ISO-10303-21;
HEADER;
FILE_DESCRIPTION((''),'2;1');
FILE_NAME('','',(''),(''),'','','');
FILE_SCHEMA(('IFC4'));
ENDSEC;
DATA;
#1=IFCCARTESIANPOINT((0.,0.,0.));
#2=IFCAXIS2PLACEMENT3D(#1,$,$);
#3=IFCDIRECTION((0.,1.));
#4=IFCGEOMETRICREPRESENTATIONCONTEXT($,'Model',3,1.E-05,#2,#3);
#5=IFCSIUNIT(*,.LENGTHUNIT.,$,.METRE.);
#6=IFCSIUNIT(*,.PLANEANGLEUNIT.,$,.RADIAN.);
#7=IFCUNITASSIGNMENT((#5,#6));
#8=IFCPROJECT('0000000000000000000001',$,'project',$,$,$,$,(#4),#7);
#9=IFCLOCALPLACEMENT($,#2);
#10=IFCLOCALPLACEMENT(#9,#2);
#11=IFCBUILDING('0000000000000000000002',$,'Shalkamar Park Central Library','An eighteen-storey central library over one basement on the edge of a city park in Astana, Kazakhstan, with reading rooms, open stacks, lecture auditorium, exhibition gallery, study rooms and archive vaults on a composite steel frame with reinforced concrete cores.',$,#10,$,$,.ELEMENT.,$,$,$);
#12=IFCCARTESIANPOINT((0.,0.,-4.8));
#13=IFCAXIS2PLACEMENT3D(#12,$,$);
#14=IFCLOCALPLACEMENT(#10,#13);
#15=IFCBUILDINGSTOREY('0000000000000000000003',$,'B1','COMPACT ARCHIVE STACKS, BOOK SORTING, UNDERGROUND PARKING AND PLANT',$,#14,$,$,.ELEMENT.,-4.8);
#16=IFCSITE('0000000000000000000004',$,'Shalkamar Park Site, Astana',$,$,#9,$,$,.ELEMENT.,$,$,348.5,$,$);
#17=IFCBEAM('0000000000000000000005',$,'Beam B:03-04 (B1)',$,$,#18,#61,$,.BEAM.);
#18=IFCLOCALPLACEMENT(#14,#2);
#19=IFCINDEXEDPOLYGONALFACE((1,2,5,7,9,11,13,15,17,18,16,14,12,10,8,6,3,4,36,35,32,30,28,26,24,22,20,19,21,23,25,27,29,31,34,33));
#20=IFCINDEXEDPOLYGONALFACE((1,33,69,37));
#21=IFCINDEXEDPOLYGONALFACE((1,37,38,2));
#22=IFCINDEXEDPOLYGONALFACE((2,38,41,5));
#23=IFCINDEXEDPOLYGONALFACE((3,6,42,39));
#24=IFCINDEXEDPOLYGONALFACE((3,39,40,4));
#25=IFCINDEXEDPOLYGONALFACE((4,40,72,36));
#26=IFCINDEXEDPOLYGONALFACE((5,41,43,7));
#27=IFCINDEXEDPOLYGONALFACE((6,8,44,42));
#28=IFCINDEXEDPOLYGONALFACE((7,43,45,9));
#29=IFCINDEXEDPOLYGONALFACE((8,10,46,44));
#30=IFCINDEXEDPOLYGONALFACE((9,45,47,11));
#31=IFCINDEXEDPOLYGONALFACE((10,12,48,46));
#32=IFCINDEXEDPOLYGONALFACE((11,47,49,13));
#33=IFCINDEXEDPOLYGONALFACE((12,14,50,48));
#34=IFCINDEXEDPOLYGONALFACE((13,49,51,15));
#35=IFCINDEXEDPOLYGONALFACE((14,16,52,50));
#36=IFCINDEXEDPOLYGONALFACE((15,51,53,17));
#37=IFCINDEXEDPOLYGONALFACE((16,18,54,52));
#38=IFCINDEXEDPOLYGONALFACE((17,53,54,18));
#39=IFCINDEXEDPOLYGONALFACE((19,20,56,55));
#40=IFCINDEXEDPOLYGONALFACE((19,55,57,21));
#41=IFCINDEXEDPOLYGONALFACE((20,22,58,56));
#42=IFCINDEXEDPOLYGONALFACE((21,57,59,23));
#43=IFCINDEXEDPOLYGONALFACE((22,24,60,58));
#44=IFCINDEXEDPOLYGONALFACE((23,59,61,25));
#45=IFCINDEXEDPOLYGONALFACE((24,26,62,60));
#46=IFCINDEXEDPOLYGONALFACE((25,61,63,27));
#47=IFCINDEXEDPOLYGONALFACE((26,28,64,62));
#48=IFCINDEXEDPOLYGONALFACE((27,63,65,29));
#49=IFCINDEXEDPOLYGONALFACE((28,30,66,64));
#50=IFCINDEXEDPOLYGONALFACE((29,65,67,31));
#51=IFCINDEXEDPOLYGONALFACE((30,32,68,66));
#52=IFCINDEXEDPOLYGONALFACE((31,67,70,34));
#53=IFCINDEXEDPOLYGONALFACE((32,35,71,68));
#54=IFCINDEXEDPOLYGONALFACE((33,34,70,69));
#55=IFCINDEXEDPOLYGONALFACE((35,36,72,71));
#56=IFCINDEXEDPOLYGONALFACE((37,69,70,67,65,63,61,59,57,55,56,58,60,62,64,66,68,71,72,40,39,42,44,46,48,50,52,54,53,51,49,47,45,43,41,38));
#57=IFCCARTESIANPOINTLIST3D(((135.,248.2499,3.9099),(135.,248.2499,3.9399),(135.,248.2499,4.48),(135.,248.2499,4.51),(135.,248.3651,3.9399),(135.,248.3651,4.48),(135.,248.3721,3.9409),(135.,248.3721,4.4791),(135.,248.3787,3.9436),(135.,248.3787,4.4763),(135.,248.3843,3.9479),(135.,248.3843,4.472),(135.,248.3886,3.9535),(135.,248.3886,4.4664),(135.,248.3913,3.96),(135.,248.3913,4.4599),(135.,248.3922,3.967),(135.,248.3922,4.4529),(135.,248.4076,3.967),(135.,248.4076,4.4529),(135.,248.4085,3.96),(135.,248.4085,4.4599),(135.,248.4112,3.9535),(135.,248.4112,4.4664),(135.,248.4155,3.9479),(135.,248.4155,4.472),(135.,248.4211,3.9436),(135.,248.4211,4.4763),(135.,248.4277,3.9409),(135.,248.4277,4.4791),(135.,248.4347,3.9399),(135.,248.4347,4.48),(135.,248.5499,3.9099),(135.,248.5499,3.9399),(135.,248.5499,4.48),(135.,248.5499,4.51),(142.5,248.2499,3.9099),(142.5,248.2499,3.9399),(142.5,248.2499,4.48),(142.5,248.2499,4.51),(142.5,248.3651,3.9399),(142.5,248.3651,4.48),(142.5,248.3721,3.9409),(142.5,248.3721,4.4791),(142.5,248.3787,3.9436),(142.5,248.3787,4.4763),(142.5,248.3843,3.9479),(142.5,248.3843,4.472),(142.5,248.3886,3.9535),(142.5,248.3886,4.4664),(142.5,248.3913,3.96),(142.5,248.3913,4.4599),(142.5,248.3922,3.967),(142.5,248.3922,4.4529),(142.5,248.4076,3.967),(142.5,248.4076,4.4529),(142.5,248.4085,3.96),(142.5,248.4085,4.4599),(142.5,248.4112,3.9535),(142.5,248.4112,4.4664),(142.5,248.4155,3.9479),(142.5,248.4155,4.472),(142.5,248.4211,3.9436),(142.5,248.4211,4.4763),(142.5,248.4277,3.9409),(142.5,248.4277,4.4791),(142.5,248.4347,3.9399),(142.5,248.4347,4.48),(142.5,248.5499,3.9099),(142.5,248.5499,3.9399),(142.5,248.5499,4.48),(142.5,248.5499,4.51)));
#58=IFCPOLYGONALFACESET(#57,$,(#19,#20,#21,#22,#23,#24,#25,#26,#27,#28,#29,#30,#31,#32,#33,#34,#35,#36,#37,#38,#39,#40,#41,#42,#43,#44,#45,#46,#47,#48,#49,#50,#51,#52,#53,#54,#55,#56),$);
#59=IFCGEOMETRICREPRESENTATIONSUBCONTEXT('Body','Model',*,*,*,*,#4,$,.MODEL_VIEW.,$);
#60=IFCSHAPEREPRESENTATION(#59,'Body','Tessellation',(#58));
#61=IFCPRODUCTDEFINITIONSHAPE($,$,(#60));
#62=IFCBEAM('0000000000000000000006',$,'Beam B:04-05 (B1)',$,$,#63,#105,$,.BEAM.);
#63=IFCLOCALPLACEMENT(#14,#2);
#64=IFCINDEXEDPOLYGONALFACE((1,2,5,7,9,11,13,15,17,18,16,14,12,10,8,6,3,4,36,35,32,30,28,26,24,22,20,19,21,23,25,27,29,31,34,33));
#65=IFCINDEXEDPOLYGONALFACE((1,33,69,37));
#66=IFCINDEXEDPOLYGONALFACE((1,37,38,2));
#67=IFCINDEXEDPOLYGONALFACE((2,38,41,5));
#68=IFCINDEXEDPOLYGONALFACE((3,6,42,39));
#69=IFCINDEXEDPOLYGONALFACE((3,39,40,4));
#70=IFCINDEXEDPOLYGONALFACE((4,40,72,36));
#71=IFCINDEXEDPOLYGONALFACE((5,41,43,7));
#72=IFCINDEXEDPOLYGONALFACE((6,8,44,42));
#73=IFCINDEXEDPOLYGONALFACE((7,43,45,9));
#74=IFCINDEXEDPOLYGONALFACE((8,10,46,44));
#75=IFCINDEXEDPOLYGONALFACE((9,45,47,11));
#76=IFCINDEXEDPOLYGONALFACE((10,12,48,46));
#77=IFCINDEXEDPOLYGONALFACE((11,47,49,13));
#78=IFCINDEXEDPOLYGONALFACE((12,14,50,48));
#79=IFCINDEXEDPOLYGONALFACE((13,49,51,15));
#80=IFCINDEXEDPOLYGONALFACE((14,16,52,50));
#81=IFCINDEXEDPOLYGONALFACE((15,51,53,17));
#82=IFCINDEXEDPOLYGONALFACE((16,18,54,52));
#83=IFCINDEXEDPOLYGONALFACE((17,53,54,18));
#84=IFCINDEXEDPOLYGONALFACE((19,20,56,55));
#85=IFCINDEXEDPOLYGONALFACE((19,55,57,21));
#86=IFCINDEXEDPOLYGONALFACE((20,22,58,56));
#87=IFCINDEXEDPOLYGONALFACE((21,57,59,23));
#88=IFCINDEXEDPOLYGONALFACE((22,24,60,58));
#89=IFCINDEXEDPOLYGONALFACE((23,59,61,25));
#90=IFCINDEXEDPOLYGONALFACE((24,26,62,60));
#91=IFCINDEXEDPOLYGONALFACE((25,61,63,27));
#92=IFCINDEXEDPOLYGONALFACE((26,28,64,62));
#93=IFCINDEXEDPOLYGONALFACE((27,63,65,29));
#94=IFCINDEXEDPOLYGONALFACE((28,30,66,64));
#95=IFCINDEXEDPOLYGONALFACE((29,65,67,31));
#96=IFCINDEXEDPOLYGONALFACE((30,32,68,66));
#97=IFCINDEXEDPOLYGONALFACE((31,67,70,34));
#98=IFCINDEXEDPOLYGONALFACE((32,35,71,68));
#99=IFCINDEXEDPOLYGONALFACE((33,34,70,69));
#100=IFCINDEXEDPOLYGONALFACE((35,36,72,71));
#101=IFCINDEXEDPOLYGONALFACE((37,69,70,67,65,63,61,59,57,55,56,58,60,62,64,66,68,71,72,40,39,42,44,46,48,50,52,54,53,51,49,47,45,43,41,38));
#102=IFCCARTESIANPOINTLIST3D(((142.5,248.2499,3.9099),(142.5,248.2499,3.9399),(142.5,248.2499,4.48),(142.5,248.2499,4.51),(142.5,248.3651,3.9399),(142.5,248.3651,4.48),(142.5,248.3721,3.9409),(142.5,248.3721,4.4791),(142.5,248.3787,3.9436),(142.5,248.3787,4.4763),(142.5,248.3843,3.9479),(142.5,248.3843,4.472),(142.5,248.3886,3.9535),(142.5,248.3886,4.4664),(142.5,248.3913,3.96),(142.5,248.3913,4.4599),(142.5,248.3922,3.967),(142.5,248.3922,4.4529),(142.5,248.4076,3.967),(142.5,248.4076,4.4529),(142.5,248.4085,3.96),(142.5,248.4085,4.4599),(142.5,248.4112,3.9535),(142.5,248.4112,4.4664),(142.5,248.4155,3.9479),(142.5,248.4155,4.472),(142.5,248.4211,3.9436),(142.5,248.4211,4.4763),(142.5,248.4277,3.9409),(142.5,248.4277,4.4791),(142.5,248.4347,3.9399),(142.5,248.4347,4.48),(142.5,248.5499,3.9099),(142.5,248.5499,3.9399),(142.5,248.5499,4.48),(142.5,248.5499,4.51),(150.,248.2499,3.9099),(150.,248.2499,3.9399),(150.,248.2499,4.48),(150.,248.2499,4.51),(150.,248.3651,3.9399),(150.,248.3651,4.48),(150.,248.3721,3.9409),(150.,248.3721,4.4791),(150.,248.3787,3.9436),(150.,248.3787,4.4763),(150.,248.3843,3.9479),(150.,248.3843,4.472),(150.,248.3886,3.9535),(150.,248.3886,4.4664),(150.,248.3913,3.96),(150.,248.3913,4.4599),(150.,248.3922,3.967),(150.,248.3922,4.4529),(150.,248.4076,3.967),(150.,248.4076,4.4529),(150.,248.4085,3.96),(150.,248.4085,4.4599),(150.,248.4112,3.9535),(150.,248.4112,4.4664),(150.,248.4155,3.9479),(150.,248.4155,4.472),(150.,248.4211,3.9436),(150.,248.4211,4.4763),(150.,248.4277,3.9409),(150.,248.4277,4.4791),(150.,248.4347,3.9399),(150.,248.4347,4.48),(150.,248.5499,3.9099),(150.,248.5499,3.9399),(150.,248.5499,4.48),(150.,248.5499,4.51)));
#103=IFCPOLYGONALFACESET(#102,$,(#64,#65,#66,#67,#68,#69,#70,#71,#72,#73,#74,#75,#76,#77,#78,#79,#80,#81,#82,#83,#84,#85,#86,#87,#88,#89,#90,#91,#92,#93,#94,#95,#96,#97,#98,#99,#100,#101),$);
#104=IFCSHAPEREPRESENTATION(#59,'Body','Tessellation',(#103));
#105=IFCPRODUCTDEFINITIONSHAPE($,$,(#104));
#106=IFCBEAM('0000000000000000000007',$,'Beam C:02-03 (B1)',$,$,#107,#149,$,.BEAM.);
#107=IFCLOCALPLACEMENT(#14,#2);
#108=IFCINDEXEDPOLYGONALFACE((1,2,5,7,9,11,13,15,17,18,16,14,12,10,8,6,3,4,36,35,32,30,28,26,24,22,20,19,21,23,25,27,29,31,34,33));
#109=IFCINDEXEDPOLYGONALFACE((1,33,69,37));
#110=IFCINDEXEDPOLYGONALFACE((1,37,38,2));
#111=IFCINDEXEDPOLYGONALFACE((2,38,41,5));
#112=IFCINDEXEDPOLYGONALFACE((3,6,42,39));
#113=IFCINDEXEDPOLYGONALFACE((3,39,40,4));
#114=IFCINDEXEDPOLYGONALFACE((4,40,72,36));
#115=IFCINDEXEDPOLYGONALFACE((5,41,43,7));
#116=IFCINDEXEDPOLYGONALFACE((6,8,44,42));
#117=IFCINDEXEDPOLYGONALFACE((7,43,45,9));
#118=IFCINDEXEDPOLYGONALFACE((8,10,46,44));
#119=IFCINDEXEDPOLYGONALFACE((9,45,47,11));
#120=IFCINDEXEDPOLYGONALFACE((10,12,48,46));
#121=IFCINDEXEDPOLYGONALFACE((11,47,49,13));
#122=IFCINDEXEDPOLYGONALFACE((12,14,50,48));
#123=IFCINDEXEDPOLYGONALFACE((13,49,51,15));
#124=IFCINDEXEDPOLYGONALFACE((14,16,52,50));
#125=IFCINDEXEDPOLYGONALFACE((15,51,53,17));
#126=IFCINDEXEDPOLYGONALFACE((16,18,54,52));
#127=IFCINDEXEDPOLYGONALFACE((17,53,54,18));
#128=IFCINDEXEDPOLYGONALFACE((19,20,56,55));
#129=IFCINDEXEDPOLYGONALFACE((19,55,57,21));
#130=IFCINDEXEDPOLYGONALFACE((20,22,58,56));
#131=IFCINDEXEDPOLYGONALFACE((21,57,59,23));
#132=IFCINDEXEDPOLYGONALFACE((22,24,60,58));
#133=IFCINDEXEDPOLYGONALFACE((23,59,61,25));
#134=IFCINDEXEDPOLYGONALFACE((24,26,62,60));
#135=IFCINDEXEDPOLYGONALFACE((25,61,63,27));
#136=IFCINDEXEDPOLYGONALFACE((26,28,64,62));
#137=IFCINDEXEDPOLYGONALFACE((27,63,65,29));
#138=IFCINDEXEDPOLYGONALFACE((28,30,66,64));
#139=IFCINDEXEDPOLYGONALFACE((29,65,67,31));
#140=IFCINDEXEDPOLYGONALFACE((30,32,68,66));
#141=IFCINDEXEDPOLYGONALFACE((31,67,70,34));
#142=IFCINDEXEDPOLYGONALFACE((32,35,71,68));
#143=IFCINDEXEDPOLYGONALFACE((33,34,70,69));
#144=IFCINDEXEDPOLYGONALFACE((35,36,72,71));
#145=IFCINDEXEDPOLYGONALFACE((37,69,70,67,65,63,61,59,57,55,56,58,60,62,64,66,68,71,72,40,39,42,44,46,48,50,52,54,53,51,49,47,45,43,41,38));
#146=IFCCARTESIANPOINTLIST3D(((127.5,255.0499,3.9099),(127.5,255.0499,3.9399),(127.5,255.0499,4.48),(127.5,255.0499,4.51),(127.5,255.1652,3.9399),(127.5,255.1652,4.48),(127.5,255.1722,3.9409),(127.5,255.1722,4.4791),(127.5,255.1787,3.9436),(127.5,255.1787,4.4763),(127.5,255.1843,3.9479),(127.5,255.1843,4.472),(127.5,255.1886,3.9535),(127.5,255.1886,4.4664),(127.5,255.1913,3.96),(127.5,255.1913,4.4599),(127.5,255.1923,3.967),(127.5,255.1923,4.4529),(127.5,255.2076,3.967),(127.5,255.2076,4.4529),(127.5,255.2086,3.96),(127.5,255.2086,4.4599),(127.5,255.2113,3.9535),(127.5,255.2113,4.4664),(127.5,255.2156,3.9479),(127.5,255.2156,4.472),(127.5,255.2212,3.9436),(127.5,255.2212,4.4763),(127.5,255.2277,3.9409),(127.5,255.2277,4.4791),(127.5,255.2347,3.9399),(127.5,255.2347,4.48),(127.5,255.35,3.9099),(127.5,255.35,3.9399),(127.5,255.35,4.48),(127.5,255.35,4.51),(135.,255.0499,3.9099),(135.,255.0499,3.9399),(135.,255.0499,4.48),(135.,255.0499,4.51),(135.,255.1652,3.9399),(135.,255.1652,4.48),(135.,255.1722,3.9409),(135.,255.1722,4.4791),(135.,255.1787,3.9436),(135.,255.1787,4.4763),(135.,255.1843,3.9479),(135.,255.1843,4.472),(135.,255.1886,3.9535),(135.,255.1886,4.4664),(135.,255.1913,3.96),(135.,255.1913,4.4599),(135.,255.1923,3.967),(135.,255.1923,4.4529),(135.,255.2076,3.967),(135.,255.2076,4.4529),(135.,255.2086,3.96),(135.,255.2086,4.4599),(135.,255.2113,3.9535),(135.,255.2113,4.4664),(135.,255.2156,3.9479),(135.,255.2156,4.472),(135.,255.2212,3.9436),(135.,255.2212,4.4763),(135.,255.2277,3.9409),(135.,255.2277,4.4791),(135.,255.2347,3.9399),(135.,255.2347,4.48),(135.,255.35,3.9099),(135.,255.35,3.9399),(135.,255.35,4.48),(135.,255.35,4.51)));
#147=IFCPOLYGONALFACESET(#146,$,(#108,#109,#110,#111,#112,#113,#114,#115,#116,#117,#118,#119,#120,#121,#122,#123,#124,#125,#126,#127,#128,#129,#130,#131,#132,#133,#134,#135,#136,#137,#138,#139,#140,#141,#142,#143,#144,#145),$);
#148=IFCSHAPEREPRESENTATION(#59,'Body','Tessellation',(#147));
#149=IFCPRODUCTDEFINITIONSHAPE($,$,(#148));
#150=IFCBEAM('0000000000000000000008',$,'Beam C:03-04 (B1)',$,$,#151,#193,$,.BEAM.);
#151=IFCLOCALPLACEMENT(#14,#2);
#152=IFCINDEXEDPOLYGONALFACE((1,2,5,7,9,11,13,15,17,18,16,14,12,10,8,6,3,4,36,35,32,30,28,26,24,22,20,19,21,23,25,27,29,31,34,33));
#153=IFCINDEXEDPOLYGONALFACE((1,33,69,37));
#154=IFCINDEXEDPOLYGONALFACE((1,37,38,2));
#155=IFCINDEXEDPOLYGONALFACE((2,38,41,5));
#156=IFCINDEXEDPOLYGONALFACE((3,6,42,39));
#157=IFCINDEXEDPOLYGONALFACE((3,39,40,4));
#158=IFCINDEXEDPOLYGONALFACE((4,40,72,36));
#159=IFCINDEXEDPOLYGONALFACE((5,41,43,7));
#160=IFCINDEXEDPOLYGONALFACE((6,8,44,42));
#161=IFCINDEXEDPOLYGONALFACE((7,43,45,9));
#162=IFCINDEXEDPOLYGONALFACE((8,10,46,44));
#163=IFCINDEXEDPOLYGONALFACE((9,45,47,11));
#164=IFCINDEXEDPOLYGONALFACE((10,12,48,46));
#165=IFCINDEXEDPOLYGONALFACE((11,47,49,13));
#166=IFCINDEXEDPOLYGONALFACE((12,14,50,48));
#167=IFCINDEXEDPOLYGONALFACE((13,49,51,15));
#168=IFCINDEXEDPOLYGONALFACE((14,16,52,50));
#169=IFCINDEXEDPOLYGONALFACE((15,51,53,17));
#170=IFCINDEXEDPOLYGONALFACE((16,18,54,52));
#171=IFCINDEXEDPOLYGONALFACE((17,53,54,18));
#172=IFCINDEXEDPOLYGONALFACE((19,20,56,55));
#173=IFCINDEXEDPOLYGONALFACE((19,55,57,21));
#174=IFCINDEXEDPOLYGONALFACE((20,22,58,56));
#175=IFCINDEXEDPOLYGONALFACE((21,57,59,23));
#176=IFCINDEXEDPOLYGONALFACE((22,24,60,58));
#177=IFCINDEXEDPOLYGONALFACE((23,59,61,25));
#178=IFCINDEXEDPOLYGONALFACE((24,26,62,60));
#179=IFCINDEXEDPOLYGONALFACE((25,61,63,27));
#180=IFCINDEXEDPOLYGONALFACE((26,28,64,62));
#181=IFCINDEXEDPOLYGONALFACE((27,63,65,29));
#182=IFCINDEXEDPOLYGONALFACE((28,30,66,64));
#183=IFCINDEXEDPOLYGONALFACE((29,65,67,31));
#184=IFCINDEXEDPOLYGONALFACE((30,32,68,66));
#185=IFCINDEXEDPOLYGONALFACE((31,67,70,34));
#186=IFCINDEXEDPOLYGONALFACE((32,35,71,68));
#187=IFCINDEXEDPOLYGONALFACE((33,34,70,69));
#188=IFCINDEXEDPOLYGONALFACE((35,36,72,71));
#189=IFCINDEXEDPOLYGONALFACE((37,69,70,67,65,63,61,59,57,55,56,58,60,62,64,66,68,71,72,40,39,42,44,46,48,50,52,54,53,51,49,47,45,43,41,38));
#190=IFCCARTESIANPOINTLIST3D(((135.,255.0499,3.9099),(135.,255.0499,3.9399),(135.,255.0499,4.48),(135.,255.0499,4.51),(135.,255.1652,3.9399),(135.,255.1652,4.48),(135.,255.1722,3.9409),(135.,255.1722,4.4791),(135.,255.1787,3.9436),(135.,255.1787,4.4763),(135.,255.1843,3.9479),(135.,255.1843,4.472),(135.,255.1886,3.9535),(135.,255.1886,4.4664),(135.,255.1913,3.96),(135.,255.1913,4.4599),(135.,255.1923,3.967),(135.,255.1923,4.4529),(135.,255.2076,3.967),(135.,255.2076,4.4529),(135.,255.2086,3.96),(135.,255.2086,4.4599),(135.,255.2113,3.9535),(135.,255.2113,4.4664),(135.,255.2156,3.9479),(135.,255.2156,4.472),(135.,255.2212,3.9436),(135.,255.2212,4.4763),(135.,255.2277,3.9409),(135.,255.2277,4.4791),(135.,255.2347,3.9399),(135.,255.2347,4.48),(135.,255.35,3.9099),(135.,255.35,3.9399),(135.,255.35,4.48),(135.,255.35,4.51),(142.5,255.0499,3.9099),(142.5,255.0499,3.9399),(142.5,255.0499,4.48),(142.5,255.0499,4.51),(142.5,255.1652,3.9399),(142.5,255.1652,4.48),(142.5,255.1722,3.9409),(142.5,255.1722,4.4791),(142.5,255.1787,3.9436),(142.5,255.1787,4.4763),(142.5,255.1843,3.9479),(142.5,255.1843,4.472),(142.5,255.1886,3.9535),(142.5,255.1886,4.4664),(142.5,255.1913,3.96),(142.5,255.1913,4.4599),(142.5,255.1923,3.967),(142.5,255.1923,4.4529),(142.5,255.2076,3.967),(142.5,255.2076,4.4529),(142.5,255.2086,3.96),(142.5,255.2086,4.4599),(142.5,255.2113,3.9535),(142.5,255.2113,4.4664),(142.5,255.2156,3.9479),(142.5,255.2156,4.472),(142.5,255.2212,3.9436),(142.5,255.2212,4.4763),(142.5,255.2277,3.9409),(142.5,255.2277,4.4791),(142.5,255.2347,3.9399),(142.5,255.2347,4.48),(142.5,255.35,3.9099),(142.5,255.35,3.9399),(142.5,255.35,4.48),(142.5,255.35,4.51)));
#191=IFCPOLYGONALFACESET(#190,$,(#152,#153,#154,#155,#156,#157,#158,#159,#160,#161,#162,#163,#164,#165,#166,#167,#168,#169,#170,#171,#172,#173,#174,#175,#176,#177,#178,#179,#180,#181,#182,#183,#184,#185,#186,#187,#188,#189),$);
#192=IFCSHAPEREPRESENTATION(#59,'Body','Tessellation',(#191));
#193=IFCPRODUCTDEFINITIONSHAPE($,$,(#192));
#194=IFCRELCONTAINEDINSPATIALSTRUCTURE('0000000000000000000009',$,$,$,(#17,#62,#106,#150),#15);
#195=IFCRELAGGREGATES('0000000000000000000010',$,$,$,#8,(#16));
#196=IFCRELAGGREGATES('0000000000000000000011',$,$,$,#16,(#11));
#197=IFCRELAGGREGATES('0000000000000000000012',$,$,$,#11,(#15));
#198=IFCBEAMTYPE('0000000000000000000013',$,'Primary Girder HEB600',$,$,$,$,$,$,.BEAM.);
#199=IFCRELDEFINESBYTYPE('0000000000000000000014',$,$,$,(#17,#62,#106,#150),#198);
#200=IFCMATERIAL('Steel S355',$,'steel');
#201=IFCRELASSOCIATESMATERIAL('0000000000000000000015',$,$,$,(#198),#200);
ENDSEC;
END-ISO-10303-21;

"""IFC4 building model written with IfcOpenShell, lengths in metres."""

from ifc_helpers import new_model, si_unit, direction, frame, origin, origin_2d, place, context, subcontext, project, spatial, i_section, extrude, material, material_profile, profile_set, type_object, element, save


model = new_model("IFC4")

# Units and contexts
model_context = context("Model", 3, precision=1e-05, world=origin(), true_north=direction((0.0, 1.0)))
body_context = subcontext(model_context, "Body", "Model", "MODEL_VIEW")
ifc_project = project(units=[si_unit("LENGTHUNIT", "METRE"), si_unit("PLANEANGLEUNIT", "RADIAN")], contexts=[model_context])

# Site, building, storey
site_placement = place(None, origin())
site = spatial("IfcSite", under=ifc_project, at=site_placement, Name="Shalkamar Park Site, Astana", CompositionType="ELEMENT", RefElevation=348.5)
building_placement = place(site_placement, origin())
building = spatial("IfcBuilding", under=site, at=building_placement, Name="Shalkamar Park Central Library", Description="An eighteen-storey central library over one basement on the edge of a city park in Astana, Kazakhstan, with reading rooms, open stacks, lecture auditorium, exhibition gallery, study rooms and archive vaults on a composite steel frame with reinforced concrete cores.", CompositionType="ELEMENT")
storey_placement = place(building_placement, frame((0.0, 0.0, -4.8)))
storey = spatial("IfcBuildingStorey", under=building, at=storey_placement, Name="B1", Description="COMPACT ARCHIVE STACKS, BOOK SORTING, UNDERGROUND PARKING AND PLANT", CompositionType="ELEMENT", Elevation=-4.8)

# Shared definitions
ifc_material_1 = material(Name="Steel S355", Category="steel")

# Beams
ifc_material_profile_1 = material_profile(ifc_material_1, i_section(OverallWidth=0.3, OverallDepth=0.6001, WebThickness=0.0154, FlangeThickness=0.03, FilletRadius=0.0271, at=origin_2d()), Name="HEB 600")
ifc_profile_set_1 = profile_set([ifc_material_profile_1], Name="Steel S355")
beam_type_1 = type_object("IfcBeamType", Name="Primary Girder HEB600", PredefinedType="BEAM", material=ifc_profile_set_1)
for number, where, z_axis, x_axis, name in (
    (1, (135.0, 248.3999, 4.21), (1.0, 0.0, 0.0), (0.0, 1.0, 0.0), "Beam B:03-04 (B1)"),
    (2, (142.5, 248.3999, 4.21), (1.0, 0.0, 0.0), (0.0, 1.0, 0.0), "Beam B:04-05 (B1)"),
    (3, (127.5, 255.2, 4.21), (1.0, 0.0, 0.0), (0.0, 1.0, 0.0), "Beam C:02-03 (B1)"),
    (4, (135.0, 255.2, 4.21), (1.0, 0.0, 0.0), (0.0, 1.0, 0.0), "Beam C:03-04 (B1)"),
):
    element("IfcBeam", number, at=place(storey_placement, frame(where, z_axis=z_axis, x_axis=x_axis)), inside=storey, type_object=beam_type_1, Name=name, PredefinedType="BEAM", context=body_context, shape_type="SweptSolid", body=[
        extrude(i_section(OverallWidth=0.3, OverallDepth=0.6001, WebThickness=0.0154, FlangeThickness=0.03, FilletRadius=0.0271, at=origin_2d()), origin(), (0.0, 0.0, 1.0), 7.5),
    ])

save(model, "model.ifc")
